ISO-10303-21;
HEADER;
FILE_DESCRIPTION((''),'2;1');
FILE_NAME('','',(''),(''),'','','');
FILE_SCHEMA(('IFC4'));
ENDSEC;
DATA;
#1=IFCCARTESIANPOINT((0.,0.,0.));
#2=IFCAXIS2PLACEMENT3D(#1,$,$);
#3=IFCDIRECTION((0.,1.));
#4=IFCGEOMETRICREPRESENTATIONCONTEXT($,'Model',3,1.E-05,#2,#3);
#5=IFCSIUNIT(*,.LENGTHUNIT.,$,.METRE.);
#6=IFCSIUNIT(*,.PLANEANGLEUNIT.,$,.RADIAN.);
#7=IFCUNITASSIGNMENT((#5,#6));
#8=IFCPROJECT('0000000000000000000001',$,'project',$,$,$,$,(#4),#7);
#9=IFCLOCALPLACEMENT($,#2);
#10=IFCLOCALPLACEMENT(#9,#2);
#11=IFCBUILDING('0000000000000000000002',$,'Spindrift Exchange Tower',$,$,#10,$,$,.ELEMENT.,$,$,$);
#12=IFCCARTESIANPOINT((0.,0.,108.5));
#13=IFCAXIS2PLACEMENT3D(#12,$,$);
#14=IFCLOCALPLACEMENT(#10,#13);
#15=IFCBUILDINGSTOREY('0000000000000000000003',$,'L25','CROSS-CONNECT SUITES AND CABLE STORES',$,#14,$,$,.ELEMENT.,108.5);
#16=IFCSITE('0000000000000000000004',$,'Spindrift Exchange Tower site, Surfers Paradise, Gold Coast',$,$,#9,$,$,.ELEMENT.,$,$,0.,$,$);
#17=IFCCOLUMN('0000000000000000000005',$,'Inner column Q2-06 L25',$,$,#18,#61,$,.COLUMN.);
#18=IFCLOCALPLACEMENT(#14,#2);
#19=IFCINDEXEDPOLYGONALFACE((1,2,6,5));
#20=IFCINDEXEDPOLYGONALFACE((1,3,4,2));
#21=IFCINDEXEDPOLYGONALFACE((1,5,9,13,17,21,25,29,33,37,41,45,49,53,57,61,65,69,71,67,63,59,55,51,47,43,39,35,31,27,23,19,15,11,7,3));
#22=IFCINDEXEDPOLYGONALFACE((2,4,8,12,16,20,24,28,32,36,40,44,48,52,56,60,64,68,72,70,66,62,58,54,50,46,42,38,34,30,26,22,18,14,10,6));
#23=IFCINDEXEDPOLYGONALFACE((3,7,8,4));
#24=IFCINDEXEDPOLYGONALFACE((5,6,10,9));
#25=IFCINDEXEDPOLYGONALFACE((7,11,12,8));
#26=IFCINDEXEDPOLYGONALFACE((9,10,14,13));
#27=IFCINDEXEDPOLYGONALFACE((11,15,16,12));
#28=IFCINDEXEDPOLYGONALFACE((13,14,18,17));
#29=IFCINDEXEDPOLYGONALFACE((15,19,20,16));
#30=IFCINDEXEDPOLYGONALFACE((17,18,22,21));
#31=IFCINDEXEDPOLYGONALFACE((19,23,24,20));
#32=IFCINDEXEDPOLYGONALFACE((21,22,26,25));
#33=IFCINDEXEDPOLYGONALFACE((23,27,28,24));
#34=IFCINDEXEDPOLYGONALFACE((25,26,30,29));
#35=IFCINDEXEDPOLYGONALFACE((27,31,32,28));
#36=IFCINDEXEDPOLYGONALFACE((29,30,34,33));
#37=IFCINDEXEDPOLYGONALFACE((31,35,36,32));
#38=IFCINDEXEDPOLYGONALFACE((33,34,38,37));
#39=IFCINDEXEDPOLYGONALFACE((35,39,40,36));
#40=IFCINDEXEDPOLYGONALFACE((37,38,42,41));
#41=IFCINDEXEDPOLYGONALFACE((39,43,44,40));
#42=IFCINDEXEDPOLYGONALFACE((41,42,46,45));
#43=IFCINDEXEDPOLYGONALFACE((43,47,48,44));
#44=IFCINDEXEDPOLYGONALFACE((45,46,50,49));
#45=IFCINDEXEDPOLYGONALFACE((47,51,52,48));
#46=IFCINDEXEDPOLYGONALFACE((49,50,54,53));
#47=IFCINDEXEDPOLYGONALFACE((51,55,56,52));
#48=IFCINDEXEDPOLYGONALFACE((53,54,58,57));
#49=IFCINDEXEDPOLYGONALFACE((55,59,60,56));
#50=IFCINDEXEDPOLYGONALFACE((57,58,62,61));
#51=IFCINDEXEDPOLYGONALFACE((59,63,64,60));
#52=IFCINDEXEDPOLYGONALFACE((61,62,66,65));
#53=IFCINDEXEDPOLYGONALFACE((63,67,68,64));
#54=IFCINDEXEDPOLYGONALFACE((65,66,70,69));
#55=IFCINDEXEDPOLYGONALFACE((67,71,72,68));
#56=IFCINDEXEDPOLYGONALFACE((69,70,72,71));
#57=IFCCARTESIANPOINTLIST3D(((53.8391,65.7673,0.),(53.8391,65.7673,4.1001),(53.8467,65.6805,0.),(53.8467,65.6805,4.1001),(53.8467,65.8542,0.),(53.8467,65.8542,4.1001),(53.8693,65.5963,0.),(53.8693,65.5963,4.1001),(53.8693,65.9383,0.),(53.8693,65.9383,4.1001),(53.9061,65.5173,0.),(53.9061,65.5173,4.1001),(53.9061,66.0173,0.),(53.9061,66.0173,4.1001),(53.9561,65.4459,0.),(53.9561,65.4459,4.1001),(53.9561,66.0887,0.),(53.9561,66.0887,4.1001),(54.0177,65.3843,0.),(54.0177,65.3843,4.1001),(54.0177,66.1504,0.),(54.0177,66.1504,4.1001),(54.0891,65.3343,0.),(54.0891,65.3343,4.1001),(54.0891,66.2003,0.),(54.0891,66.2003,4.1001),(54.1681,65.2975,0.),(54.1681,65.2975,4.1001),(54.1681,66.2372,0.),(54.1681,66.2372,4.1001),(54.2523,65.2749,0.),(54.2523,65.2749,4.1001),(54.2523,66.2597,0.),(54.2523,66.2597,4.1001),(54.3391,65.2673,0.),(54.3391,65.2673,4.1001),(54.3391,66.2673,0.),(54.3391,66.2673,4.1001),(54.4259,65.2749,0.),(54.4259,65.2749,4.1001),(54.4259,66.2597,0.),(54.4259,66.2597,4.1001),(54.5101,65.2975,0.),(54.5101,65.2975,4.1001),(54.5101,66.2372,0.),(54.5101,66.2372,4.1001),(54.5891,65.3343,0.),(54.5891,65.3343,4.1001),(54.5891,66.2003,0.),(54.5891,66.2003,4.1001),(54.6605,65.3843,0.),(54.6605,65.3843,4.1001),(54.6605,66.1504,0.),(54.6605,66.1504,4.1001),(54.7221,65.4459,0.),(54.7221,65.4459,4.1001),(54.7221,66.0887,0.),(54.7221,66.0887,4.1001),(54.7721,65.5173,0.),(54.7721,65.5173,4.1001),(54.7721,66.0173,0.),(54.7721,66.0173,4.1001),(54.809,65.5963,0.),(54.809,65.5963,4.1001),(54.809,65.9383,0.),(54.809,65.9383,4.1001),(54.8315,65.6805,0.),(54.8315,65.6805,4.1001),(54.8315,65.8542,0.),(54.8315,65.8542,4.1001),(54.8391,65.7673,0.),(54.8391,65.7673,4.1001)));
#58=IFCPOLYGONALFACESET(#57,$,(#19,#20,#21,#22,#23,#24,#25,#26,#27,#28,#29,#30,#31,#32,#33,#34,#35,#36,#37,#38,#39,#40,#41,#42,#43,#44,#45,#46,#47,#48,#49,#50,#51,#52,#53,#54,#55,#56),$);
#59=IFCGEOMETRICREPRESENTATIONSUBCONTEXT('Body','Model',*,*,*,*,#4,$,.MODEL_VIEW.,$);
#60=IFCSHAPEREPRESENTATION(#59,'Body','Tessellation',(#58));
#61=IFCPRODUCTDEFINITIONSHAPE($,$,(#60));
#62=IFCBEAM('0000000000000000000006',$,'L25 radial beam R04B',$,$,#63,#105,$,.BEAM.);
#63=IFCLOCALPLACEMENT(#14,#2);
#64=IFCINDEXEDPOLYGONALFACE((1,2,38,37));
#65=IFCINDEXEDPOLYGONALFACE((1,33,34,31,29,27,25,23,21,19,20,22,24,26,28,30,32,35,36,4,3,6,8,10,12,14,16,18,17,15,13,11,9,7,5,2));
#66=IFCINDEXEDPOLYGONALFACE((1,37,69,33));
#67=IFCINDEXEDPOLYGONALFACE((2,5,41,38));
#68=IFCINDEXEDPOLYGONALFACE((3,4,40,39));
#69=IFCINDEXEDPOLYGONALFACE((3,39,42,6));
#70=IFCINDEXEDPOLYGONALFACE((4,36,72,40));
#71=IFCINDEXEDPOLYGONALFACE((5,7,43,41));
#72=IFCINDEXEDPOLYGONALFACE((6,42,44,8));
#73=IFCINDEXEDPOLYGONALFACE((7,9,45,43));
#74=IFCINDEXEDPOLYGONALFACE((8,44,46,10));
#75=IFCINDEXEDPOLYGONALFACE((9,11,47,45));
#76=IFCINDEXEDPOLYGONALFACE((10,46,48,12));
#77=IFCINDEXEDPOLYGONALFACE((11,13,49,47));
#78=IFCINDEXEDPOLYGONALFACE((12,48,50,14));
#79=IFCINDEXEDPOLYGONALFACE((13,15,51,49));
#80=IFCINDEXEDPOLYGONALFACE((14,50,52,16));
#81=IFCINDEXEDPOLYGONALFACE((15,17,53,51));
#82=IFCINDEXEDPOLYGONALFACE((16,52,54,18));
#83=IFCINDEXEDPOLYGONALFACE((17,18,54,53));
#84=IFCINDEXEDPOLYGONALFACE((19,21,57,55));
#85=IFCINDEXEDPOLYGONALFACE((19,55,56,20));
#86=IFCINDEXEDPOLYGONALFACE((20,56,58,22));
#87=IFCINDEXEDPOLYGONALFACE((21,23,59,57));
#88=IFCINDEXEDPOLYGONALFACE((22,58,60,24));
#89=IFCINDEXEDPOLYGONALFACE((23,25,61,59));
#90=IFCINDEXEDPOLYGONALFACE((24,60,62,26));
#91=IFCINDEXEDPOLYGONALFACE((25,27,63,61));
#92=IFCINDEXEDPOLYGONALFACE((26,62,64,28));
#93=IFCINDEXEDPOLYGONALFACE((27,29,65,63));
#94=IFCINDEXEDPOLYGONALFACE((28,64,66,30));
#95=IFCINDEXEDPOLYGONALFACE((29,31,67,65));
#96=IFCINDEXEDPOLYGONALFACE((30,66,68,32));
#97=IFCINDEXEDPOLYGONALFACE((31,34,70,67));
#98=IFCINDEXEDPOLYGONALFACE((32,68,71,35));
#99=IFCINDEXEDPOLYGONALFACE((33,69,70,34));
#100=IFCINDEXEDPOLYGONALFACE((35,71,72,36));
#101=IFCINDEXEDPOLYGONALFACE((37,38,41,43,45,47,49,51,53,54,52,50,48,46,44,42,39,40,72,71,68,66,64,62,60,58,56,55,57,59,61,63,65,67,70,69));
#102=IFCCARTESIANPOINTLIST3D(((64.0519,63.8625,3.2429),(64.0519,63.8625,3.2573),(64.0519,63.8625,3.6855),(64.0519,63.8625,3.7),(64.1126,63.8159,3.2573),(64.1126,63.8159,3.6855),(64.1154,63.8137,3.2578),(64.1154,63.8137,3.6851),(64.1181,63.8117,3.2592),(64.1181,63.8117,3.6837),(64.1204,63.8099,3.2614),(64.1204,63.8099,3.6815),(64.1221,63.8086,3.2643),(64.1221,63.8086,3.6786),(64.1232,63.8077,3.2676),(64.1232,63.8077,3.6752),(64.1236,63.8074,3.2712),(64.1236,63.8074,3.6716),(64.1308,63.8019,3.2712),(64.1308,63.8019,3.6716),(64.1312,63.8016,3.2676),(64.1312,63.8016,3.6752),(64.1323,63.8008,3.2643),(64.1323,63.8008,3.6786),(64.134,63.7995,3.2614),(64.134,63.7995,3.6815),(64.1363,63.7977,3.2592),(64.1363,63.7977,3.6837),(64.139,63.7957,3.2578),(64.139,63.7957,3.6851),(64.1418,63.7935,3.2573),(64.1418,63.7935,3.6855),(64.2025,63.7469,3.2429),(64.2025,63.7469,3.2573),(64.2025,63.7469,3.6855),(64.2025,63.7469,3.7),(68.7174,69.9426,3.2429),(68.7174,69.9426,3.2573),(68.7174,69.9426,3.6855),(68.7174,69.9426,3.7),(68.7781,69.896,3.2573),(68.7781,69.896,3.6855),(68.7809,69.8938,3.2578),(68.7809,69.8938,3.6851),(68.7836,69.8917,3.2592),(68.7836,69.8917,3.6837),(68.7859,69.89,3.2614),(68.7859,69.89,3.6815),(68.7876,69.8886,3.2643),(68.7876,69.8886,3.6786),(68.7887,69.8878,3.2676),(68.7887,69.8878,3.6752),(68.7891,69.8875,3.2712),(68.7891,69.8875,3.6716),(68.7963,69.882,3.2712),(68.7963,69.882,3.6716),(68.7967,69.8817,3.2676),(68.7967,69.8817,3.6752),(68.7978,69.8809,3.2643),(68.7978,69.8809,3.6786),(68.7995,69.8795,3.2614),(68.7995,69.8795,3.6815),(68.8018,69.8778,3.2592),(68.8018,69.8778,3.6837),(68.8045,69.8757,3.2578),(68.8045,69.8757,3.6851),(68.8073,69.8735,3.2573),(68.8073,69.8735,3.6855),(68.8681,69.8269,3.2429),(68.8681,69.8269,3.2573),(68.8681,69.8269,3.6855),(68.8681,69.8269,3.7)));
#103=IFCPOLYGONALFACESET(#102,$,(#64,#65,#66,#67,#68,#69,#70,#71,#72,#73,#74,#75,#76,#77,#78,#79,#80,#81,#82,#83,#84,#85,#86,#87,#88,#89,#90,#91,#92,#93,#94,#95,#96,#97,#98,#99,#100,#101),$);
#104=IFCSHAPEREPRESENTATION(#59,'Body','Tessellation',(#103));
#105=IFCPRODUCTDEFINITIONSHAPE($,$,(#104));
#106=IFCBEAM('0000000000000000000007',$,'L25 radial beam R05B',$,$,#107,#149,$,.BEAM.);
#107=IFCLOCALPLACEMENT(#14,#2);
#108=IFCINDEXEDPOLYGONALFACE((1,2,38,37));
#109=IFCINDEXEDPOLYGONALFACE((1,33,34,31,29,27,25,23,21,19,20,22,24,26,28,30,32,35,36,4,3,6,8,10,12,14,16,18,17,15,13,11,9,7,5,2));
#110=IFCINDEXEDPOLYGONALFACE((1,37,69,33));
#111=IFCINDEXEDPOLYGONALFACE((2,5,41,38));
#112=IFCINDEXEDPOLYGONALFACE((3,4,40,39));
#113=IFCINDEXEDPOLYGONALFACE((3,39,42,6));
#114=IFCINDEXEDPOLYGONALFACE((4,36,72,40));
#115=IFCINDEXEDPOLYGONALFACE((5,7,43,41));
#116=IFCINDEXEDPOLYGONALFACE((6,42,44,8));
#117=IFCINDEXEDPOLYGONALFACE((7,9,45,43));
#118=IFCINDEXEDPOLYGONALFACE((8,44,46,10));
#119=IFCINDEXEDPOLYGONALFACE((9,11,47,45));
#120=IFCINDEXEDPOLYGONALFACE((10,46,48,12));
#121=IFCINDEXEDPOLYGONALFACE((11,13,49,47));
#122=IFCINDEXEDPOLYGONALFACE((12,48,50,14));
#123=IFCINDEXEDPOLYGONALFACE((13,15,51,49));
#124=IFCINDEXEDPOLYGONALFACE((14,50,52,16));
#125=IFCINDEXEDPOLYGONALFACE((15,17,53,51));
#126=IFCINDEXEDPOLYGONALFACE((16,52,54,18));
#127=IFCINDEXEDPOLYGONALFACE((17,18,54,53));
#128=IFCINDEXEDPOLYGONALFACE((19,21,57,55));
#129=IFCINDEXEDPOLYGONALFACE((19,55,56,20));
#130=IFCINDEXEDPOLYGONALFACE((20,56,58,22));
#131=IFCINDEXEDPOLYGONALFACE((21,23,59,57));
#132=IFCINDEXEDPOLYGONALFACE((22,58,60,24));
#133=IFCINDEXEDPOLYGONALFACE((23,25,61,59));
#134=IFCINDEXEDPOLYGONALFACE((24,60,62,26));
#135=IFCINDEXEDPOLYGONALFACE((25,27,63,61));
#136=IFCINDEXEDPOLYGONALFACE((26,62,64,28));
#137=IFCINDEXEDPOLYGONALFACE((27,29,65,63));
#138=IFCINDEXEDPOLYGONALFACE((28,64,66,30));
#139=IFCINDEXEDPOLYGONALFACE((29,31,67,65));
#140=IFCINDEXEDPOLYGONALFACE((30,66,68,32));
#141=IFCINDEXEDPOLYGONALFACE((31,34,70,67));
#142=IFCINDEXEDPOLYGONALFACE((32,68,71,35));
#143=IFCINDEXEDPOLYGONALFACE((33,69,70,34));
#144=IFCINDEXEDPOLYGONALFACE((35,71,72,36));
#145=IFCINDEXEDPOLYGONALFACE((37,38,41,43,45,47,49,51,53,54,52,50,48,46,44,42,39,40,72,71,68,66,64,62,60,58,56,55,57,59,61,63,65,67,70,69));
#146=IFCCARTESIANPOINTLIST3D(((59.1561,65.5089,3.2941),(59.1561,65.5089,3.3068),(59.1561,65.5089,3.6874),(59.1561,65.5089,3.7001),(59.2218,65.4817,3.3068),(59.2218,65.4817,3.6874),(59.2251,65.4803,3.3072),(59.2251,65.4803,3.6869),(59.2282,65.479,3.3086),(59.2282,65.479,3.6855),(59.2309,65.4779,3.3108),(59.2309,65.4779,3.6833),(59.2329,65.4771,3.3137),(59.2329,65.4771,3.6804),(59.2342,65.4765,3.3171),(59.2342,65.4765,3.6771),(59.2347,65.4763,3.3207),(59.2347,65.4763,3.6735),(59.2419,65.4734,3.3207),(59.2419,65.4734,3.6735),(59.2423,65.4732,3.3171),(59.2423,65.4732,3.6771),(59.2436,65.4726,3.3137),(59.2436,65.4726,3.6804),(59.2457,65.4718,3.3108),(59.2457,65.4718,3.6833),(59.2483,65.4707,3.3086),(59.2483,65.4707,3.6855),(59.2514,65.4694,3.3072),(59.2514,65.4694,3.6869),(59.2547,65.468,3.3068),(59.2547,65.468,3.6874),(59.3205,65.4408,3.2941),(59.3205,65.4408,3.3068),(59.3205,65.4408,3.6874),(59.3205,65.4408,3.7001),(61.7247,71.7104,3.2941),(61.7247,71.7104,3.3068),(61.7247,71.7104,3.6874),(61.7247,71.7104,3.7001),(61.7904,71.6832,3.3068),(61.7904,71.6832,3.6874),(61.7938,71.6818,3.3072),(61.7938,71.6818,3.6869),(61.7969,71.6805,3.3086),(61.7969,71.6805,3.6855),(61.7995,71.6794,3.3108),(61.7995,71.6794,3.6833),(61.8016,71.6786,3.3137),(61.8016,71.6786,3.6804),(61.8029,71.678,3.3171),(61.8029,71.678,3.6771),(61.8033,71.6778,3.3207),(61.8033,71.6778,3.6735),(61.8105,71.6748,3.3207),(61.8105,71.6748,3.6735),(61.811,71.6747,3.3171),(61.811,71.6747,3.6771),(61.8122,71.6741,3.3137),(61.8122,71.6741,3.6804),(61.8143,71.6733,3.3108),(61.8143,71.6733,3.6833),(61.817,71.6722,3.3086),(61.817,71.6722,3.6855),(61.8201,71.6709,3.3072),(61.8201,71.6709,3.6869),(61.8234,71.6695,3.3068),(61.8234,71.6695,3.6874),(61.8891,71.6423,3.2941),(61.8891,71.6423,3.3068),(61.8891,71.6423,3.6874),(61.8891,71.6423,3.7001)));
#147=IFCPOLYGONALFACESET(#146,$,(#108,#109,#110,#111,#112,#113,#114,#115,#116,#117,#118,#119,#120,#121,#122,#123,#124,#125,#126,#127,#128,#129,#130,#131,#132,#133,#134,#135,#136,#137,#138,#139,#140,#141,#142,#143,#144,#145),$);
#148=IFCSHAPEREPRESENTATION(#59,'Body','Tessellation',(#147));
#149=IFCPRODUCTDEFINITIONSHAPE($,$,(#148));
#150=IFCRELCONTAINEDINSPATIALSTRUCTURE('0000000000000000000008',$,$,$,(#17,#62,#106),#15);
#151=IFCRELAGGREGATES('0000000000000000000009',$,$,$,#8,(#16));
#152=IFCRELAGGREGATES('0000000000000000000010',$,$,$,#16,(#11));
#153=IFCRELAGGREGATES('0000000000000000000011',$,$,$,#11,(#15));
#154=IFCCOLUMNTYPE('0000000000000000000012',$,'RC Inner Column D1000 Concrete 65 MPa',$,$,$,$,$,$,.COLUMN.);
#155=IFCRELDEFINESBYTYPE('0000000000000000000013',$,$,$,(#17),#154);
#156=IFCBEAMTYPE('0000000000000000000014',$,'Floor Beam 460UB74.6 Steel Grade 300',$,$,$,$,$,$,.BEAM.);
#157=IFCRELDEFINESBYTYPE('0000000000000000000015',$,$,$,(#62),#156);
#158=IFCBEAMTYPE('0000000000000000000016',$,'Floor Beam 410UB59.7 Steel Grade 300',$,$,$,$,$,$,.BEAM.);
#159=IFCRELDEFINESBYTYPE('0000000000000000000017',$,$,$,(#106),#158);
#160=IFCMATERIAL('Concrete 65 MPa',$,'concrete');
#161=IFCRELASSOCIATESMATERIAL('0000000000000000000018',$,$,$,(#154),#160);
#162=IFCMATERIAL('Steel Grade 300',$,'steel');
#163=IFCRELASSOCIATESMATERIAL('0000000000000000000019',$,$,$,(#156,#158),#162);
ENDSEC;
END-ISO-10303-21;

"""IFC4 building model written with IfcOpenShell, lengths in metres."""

from ifc_helpers import new_model, si_unit, direction, frame, origin, origin_2d, place, context, subcontext, project, spatial, circle, i_section, extrude, source, transform, mapped, material, material_profile, profile_set, type_object, element, save


model = new_model("IFC4")

# Units and contexts
model_context = context("Model", 3, precision=1e-05, world=origin(), true_north=direction((0.0, 1.0)))
body_context = subcontext(model_context, "Body", "Model", "MODEL_VIEW")
ifc_project = project(units=[si_unit("LENGTHUNIT", "METRE"), si_unit("PLANEANGLEUNIT", "RADIAN")], contexts=[model_context])

# Site, building, storey
site_placement = place(None, origin())
site = spatial("IfcSite", under=ifc_project, at=site_placement, Name="Spindrift Exchange Tower site, Surfers Paradise, Gold Coast", CompositionType="ELEMENT", RefElevation=0.0)
building_placement = place(site_placement, origin())
building = spatial("IfcBuilding", under=site, at=building_placement, Name="Spindrift Exchange Tower", CompositionType="ELEMENT")
storey_placement = place(building_placement, frame((0.0, 0.0, 108.5)))
storey = spatial("IfcBuildingStorey", under=building, at=storey_placement, Name="L25", Description="CROSS-CONNECT SUITES AND CABLE STORES", CompositionType="ELEMENT", Elevation=108.5)

# Column
ifc_material_1 = material(Name="Concrete 65 MPa", Category="concrete")
ifc_material_profile_1 = material_profile(ifc_material_1, circle(Radius=0.5, at=origin_2d()), Name="RC D1000")
ifc_profile_set_1 = profile_set([ifc_material_profile_1], Name="Concrete 65 MPa")
column_type_1 = type_object("IfcColumnType", Name="RC Inner Column D1000 Concrete 65 MPa", PredefinedType="COLUMN", material=ifc_profile_set_1)
shared_shape_1 = source(origin(), body_context, "Body", "SweptSolid", [
    extrude(circle(Radius=0.5, at=origin_2d()), origin(), (0.0, 0.0, 1.0), 4.1001),
])
for number, where, z_axis, x_axis, name in (
    (1, (54.3391, 65.7673, 0.0), (0.0, 0.0, 1.0), (1.0, 0.0, 0.0), "Inner column Q2-06 L25"),
):
    element("IfcColumn", number, at=place(storey_placement, frame(where, z_axis=z_axis, x_axis=x_axis)), inside=storey, type_object=column_type_1, Name=name, PredefinedType="COLUMN", context=body_context, shape_type="MappedRepresentation", body=[
        mapped(shared_shape_1, transform((0.0, 0.0, 0.0), scale=1.0)),
    ])

# Beams
ifc_material_2 = material(Name="Steel Grade 300", Category="steel")
ifc_material_profile_2 = material_profile(ifc_material_2, i_section(OverallWidth=0.1899, OverallDepth=0.457, WebThickness=0.009, FlangeThickness=0.0144, FilletRadius=0.0139, at=origin_2d()), Name="460UB74.6")
ifc_profile_set_2 = profile_set([ifc_material_profile_2], Name="Steel Grade 300")
beam_type_1 = type_object("IfcBeamType", Name="Floor Beam 460UB74.6 Steel Grade 300", PredefinedType="BEAM", material=ifc_profile_set_2)
shared_shape_2 = source(origin(), body_context, "Body", "SweptSolid", [
    extrude(i_section(OverallWidth=0.1899, OverallDepth=0.457, WebThickness=0.009, FlangeThickness=0.0144, FilletRadius=0.0139, at=origin_2d()), origin(), (0.0, 0.0, 1.0), 7.6638),
])
beam_1_placement = place(storey_placement, frame((64.1272, 63.8047, 3.4714), z_axis=(0.608771, 0.793346, 0.0), x_axis=(-0.793346, 0.608771, 0.0)))
element("IfcBeam", 2, at=beam_1_placement, inside=storey, type_object=beam_type_1, Name="L25 radial beam R04B", PredefinedType="BEAM", context=body_context, shape_type="MappedRepresentation", body=[
    mapped(shared_shape_2, transform((0.0, 0.0, 0.0), scale=1.0)),
])
ifc_material_profile_3 = material_profile(ifc_material_2, i_section(OverallWidth=0.178, OverallDepth=0.406, WebThickness=0.0078, FlangeThickness=0.0127, FilletRadius=0.0139, at=origin_2d()), Name="410UB59.7")
ifc_profile_set_3 = profile_set([ifc_material_profile_3], Name="Steel Grade 300")
beam_type_2 = type_object("IfcBeamType", Name="Floor Beam 410UB59.7 Steel Grade 300", PredefinedType="BEAM", material=ifc_profile_set_3)
shared_shape_3 = source(origin(), body_context, "Body", "SweptSolid", [
    extrude(i_section(OverallWidth=0.178, OverallDepth=0.406, WebThickness=0.0078, FlangeThickness=0.0127, FilletRadius=0.0139, at=origin_2d()), origin(), (0.0, 0.0, 1.0), 6.7124),
])
beam_2_placement = place(storey_placement, frame((59.2383, 65.4749, 3.4971), z_axis=(0.38267, 0.923885, 0.0), x_axis=(-0.923885, 0.38267, 0.0)))
element("IfcBeam", 3, at=beam_2_placement, inside=storey, type_object=beam_type_2, Name="L25 radial beam R05B", PredefinedType="BEAM", context=body_context, shape_type="MappedRepresentation", body=[
    mapped(shared_shape_3, transform((0.0, 0.0, 0.0), scale=1.0)),
])

save(model, "model.ifc")
